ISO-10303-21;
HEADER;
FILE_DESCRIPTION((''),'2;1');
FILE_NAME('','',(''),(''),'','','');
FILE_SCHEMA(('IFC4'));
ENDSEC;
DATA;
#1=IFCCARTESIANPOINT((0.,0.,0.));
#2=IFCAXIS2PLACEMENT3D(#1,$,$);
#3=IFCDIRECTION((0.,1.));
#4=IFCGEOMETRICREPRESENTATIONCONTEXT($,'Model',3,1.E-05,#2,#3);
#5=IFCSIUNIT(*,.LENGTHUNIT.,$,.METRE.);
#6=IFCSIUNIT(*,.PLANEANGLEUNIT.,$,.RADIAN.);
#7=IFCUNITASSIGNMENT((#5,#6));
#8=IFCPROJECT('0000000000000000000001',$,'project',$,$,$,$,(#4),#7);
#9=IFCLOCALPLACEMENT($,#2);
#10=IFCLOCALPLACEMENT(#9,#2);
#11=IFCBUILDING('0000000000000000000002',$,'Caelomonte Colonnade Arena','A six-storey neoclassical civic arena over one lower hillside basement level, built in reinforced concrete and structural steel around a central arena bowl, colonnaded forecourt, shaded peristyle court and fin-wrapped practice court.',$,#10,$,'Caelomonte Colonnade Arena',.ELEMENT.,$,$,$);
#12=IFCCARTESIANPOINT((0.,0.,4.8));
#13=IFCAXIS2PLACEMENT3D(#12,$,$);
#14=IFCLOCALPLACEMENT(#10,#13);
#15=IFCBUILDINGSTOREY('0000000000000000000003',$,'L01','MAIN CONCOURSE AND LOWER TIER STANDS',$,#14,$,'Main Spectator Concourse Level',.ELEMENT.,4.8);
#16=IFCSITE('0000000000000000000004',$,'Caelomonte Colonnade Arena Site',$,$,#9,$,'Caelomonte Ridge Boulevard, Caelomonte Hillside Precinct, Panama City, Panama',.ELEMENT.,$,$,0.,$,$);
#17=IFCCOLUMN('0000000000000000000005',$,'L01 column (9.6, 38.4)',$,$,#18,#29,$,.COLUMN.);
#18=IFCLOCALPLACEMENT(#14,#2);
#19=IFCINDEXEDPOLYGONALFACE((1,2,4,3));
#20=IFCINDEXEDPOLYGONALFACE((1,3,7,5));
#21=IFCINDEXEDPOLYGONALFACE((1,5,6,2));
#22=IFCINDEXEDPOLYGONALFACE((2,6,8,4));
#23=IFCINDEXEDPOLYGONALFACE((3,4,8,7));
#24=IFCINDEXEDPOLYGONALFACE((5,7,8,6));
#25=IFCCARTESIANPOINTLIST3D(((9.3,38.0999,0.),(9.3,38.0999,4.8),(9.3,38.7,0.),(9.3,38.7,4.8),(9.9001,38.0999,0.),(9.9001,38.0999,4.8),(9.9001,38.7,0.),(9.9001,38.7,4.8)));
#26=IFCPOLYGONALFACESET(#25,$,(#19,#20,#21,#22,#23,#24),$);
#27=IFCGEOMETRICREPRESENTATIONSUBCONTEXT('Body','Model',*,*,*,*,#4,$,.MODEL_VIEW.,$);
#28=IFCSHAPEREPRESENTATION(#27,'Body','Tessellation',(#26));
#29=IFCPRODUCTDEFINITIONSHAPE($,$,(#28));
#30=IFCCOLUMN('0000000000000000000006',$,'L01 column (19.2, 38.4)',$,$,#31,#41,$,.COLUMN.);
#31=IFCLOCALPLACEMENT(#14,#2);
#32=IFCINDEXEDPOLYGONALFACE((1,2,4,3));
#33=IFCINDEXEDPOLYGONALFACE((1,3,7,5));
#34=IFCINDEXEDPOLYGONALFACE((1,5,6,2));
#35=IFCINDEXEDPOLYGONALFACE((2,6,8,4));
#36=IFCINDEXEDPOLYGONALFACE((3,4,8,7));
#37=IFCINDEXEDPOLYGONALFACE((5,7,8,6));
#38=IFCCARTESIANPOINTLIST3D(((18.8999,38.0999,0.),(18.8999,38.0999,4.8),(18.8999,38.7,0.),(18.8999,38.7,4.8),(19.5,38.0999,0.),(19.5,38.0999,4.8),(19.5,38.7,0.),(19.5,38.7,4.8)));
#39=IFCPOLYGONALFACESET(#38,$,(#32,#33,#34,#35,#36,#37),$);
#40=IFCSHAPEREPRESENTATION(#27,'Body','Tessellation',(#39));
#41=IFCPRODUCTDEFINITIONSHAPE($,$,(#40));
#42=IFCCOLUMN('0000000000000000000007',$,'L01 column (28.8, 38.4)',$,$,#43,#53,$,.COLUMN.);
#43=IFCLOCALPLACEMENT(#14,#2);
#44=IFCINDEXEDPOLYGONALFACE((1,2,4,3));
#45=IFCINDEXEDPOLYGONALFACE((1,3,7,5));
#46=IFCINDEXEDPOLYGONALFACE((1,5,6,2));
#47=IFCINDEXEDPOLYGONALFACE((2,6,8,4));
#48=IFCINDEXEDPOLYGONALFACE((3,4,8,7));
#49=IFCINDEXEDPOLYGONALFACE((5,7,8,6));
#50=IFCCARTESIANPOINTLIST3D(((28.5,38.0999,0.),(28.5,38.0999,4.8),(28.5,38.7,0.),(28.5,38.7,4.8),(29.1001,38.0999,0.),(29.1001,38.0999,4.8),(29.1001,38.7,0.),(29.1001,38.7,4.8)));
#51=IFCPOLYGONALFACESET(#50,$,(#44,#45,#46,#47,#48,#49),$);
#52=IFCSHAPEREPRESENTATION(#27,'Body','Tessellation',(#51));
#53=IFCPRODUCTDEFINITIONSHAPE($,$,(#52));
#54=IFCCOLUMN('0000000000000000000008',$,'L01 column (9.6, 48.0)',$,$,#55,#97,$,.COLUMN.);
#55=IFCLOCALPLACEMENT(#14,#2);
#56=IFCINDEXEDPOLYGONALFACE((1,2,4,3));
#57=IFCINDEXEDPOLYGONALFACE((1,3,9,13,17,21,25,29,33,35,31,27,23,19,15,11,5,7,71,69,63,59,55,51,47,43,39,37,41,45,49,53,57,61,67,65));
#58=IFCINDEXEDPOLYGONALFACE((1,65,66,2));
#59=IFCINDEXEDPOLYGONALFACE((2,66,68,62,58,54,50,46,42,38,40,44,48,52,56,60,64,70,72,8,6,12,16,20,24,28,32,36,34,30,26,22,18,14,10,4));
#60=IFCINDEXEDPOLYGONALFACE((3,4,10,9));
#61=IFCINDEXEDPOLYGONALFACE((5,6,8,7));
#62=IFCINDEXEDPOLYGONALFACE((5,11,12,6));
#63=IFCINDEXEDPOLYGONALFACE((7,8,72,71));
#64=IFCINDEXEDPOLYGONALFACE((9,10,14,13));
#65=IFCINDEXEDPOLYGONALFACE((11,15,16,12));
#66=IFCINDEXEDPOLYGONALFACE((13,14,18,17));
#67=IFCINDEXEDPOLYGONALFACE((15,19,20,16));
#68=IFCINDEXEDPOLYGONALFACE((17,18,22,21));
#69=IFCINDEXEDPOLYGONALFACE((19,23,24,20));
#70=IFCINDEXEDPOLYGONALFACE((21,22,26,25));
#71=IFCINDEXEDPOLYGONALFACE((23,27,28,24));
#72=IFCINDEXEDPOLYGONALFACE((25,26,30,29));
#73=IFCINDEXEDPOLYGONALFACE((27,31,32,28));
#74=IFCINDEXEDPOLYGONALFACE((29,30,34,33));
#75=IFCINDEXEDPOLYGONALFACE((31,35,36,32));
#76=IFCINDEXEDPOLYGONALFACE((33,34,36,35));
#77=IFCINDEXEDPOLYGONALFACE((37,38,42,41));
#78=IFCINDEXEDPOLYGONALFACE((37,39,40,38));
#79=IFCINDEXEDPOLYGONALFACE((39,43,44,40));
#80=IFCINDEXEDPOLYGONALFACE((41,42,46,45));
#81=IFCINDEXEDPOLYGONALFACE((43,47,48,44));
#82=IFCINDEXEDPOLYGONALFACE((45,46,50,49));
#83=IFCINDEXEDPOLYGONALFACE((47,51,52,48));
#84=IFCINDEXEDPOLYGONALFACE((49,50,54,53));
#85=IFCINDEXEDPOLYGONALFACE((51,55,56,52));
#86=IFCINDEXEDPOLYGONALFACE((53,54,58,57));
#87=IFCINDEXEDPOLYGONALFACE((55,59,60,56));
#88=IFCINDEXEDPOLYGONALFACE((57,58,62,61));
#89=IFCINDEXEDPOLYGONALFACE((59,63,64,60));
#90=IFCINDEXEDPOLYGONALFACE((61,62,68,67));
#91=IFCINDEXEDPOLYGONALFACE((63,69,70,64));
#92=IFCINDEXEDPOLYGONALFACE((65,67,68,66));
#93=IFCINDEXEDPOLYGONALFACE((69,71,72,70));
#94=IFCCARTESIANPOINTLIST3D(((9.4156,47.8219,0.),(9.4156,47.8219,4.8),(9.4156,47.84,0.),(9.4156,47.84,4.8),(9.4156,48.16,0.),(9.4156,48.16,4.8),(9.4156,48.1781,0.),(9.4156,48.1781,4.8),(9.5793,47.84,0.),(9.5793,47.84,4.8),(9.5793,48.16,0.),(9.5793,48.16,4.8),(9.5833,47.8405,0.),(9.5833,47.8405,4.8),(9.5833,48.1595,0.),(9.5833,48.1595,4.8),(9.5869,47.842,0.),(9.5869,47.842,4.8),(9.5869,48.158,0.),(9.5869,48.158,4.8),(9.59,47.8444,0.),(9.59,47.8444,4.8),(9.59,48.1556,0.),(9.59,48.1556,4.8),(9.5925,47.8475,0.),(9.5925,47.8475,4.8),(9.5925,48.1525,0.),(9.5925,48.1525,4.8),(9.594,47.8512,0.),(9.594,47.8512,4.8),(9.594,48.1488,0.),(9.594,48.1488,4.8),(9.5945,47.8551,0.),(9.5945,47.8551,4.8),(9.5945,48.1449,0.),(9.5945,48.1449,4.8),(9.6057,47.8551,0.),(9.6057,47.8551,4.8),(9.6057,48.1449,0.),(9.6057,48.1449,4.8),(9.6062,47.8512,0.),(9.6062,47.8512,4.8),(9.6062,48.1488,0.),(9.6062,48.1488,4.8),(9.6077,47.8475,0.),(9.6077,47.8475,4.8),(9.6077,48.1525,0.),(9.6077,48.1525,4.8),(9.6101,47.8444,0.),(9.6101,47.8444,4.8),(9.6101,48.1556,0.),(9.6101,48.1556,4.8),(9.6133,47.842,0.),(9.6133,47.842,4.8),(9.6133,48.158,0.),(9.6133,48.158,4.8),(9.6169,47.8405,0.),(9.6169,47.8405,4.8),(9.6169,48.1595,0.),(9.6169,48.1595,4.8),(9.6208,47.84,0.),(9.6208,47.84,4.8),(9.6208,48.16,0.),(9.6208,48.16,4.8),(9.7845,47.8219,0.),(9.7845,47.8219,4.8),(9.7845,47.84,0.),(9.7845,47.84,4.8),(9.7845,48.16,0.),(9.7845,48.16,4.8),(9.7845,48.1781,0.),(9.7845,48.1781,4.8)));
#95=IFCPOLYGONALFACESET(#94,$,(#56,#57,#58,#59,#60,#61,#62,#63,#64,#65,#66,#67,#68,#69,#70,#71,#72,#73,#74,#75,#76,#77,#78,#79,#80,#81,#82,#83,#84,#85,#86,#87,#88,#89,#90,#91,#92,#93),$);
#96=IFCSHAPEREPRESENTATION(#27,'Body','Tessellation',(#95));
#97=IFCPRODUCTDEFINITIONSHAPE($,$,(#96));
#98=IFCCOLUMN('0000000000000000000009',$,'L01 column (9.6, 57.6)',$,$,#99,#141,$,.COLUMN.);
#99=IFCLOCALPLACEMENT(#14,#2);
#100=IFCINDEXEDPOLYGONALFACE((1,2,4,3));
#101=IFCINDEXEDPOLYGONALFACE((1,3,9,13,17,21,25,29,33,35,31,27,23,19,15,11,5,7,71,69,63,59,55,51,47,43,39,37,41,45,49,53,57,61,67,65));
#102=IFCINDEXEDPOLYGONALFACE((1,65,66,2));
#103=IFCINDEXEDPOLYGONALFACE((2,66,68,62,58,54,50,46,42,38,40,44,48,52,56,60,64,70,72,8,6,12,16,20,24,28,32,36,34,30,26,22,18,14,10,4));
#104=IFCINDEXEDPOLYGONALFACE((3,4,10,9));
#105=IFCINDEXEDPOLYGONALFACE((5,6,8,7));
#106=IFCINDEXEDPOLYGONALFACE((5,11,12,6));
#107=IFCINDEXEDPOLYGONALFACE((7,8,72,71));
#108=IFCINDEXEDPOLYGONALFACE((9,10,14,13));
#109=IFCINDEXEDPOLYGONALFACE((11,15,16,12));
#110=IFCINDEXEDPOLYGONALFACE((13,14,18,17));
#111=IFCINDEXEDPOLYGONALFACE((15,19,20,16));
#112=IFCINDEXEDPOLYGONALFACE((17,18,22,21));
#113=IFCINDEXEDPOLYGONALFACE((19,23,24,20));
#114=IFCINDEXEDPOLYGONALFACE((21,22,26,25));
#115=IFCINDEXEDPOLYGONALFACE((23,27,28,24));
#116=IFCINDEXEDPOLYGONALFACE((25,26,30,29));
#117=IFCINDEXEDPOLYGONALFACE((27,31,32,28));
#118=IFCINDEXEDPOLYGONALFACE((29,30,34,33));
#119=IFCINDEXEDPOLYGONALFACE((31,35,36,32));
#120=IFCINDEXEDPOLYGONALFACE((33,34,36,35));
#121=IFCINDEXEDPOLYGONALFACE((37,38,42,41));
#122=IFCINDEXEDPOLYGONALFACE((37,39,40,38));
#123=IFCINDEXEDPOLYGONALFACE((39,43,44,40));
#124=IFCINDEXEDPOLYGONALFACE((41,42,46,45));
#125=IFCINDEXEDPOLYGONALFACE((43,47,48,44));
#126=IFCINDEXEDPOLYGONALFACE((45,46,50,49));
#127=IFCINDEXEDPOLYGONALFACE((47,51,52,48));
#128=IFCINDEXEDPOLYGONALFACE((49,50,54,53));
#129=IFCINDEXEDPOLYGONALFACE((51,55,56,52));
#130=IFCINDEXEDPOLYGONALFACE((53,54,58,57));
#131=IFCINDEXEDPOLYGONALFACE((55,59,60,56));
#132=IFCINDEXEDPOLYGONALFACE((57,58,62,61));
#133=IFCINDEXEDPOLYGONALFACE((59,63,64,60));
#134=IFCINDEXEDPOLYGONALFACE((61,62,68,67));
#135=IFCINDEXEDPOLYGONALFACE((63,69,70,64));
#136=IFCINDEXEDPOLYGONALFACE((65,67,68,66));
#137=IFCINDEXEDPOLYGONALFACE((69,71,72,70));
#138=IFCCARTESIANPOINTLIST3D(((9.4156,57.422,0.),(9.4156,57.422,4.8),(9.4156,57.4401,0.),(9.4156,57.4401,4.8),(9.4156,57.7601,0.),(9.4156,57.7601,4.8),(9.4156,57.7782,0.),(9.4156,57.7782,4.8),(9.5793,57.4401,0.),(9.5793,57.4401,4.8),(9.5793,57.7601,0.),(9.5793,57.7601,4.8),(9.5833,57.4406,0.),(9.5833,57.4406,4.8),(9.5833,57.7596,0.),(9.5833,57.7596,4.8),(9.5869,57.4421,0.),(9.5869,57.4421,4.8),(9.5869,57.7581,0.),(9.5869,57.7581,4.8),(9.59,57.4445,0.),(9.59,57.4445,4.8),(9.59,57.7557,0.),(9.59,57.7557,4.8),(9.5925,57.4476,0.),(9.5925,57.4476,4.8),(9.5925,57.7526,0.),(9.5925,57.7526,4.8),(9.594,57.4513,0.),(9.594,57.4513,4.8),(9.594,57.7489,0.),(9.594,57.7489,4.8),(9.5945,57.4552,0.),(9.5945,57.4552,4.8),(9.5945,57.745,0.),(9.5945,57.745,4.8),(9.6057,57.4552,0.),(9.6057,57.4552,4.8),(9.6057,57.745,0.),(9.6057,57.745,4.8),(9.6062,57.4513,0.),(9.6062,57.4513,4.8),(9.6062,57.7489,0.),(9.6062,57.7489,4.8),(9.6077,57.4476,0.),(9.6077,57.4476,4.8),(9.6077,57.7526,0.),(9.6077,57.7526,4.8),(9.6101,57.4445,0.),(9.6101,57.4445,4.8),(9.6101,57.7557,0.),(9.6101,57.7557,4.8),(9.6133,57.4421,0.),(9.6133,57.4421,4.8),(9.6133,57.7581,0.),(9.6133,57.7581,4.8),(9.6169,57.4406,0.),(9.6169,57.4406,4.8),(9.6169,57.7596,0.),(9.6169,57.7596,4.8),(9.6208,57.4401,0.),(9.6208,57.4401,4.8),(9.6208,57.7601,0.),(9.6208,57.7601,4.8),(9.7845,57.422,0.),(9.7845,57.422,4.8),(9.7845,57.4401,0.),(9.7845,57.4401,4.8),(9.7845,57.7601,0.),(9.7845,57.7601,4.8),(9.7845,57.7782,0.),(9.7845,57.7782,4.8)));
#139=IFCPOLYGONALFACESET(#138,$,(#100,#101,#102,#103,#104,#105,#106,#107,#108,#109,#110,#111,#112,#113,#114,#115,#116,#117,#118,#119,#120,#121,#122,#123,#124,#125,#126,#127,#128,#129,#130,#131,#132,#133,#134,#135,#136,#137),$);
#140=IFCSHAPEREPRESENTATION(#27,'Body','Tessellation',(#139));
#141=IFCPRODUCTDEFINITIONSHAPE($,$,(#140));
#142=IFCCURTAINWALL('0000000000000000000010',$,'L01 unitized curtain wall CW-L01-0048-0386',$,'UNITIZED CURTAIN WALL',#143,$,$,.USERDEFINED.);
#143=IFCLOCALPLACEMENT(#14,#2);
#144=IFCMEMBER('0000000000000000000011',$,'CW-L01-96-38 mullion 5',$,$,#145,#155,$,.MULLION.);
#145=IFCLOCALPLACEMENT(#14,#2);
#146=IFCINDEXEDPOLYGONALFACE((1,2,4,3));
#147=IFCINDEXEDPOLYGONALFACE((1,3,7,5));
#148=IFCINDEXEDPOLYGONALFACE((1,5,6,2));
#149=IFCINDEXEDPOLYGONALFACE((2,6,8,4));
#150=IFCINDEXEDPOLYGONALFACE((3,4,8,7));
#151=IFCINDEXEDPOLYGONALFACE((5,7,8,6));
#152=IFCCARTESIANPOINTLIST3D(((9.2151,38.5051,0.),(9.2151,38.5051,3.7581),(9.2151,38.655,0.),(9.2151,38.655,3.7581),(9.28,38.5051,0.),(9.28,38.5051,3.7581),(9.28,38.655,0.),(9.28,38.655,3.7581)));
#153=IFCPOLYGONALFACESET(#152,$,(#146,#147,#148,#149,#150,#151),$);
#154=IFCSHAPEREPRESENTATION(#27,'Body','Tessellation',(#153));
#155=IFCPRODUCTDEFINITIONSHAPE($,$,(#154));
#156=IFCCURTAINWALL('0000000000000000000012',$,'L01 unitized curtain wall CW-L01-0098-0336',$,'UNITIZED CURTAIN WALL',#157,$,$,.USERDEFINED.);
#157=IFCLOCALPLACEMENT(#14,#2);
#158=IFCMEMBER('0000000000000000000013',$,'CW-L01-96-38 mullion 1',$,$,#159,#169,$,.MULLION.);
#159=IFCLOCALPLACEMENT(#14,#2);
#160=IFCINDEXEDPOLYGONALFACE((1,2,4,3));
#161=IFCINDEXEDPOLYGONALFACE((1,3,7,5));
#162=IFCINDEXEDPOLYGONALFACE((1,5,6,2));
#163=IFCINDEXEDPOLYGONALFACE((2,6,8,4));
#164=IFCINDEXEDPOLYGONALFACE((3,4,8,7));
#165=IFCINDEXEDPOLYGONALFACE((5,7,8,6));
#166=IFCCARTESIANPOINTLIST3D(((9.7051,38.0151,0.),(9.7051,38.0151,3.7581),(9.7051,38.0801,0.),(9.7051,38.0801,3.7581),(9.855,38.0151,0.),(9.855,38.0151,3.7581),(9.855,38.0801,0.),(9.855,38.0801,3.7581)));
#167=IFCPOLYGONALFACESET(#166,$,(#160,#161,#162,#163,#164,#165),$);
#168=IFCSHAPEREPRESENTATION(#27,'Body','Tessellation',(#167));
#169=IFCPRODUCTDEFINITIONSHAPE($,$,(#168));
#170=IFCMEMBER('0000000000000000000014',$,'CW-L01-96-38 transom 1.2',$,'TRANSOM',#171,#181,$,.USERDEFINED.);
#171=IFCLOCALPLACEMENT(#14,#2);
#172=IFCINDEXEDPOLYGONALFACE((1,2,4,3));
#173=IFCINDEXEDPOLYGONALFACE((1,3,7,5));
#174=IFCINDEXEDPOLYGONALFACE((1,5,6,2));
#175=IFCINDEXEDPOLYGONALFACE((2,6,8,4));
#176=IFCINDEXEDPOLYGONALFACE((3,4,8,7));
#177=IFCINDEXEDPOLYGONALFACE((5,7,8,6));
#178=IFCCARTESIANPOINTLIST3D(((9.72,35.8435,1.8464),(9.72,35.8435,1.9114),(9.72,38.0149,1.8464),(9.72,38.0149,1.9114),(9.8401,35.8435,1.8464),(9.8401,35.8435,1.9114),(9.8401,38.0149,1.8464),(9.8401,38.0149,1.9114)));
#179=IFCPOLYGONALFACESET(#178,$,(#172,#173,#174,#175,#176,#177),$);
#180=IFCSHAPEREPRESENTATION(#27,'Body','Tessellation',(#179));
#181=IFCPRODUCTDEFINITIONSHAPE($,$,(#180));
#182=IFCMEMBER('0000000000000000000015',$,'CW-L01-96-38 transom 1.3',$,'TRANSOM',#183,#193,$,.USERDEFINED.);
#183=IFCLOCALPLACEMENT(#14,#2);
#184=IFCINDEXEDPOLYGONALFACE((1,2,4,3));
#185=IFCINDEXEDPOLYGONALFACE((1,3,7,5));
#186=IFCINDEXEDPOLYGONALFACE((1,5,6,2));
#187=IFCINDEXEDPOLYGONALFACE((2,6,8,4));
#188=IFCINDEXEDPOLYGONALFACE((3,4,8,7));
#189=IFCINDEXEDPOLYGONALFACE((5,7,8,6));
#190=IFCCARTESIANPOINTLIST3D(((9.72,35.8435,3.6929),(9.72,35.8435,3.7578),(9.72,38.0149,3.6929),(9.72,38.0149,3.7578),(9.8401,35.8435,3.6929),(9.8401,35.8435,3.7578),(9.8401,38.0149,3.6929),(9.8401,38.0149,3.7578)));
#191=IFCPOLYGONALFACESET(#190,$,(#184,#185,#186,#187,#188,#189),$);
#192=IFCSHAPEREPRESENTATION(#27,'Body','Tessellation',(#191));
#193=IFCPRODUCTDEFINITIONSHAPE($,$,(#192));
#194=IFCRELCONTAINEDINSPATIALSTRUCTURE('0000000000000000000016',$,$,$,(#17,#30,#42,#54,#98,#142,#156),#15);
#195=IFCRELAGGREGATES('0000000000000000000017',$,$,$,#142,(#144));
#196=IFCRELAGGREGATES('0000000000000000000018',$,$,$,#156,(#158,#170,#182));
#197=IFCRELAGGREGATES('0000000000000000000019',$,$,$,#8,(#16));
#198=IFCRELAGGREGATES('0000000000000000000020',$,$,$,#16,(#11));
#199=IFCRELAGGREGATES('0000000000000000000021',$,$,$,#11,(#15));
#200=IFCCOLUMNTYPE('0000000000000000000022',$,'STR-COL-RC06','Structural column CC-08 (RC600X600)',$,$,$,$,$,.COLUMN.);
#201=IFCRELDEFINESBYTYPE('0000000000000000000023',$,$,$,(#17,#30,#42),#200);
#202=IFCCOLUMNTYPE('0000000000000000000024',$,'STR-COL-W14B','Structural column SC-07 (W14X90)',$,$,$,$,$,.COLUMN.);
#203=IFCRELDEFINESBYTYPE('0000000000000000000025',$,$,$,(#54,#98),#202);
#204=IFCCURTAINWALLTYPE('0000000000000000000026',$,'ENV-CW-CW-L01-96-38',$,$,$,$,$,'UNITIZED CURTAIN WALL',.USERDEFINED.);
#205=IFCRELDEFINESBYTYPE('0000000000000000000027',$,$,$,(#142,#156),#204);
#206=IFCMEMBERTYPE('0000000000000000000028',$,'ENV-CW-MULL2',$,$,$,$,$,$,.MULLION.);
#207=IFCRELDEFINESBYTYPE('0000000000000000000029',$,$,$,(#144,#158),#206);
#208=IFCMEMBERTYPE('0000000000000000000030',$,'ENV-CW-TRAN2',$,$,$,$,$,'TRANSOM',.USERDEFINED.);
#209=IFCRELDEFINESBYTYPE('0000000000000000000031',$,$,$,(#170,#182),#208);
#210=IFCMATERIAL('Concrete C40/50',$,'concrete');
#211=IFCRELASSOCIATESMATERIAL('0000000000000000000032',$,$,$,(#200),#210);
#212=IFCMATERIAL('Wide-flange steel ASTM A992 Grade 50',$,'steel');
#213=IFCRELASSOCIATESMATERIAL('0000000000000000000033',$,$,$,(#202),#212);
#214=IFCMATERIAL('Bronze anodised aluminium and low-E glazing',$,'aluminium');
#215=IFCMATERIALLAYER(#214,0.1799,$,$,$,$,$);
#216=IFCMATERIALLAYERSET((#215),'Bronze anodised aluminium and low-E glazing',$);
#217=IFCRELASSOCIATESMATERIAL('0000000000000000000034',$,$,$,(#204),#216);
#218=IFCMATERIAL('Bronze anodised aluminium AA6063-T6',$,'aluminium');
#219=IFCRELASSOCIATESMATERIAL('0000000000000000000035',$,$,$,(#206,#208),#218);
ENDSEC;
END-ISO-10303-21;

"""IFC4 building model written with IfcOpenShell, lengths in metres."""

from ifc_helpers import new_model, si_unit, direction, frame, origin, origin_2d, place, context, subcontext, project, spatial, rectangle, i_section, extrude, material, layer, layer_set, material_profile, profile_set, type_object, element, aggregate, save


model = new_model("IFC4")

# Units and contexts
model_context = context("Model", 3, precision=1e-05, world=origin(), true_north=direction((0.0, 1.0)))
body_context = subcontext(model_context, "Body", "Model", "MODEL_VIEW")
ifc_project = project(units=[si_unit("LENGTHUNIT", "METRE"), si_unit("PLANEANGLEUNIT", "RADIAN")], contexts=[model_context])

# Site, building, storey
site_placement = place(None, origin())
site = spatial("IfcSite", under=ifc_project, at=site_placement, Name="Caelomonte Colonnade Arena Site", LongName="Caelomonte Ridge Boulevard, Caelomonte Hillside Precinct, Panama City, Panama", CompositionType="ELEMENT", RefElevation=0.0)
building_placement = place(site_placement, origin())
building = spatial("IfcBuilding", under=site, at=building_placement, Name="Caelomonte Colonnade Arena", Description="A six-storey neoclassical civic arena over one lower hillside basement level, built in reinforced concrete and structural steel around a central arena bowl, colonnaded forecourt, shaded peristyle court and fin-wrapped practice court.", LongName="Caelomonte Colonnade Arena", CompositionType="ELEMENT")
storey_placement = place(building_placement, frame((0.0, 0.0, 4.8)))
storey = spatial("IfcBuildingStorey", under=building, at=storey_placement, Name="L01", Description="MAIN CONCOURSE AND LOWER TIER STANDS", LongName="Main Spectator Concourse Level", CompositionType="ELEMENT", Elevation=4.8)

# Columns
ifc_material_1 = material(Name="Concrete C40/50", Category="concrete")
ifc_material_profile_1 = material_profile(ifc_material_1, rectangle(XDim=0.6001, YDim=0.6001, at=origin_2d()), Name="RC600X600")
ifc_profile_set_1 = profile_set([ifc_material_profile_1], Name="Concrete C40/50")
column_type_1 = type_object("IfcColumnType", Name="STR-COL-RC06", Description="Structural column CC-08 (RC600X600)", PredefinedType="COLUMN", material=ifc_profile_set_1)
for number, where, z_axis, x_axis, name in (
    (1, (9.6001, 38.3999, 0.0), (0.0, 0.0, 1.0), (1.0, 0.0, 0.0), "L01 column (9.6, 38.4)"),
    (2, (19.2, 38.3999, 0.0), (0.0, 0.0, 1.0), (1.0, 0.0, 0.0), "L01 column (19.2, 38.4)"),
    (3, (28.8, 38.3999, 0.0), (0.0, 0.0, 1.0), (1.0, 0.0, 0.0), "L01 column (28.8, 38.4)"),
):
    element("IfcColumn", number, at=place(storey_placement, frame(where, z_axis=z_axis, x_axis=x_axis)), inside=storey, type_object=column_type_1, Name=name, PredefinedType="COLUMN", context=body_context, shape_type="SweptSolid", body=[
        extrude(rectangle(XDim=0.6001, YDim=0.6001, at=origin_2d()), origin(), (0.0, 0.0, 1.0), 4.8),
    ])
ifc_material_2 = material(Name="Wide-flange steel ASTM A992 Grade 50", Category="steel")
ifc_material_profile_2 = material_profile(ifc_material_2, i_section(OverallWidth=0.3689, OverallDepth=0.3562, WebThickness=0.0112, FlangeThickness=0.0181, FilletRadius=0.0151, at=origin_2d()), Name="W14X90")
ifc_profile_set_2 = profile_set([ifc_material_profile_2], Name="Wide-flange steel ASTM A992 Grade 50")
column_type_2 = type_object("IfcColumnType", Name="STR-COL-W14B", Description="Structural column SC-07 (W14X90)", PredefinedType="COLUMN", material=ifc_profile_set_2)
for number, where, z_axis, x_axis, name in (
    (4, (9.6001, 48.0, 0.0), (0.0, 0.0, 1.0), (1.0, 0.0, 0.0), "L01 column (9.6, 48.0)"),
    (5, (9.6001, 57.6001, 0.0), (0.0, 0.0, 1.0), (1.0, 0.0, 0.0), "L01 column (9.6, 57.6)"),
):
    element("IfcColumn", number, at=place(storey_placement, frame(where, z_axis=z_axis, x_axis=x_axis)), inside=storey, type_object=column_type_2, Name=name, PredefinedType="COLUMN", context=body_context, shape_type="SweptSolid", body=[
        extrude(i_section(OverallWidth=0.3689, OverallDepth=0.3562, WebThickness=0.0112, FlangeThickness=0.0181, FilletRadius=0.0151, at=origin_2d()), origin(), (0.0, 0.0, 1.0), 4.8),
    ])

# Curtain wall, member
ifc_material_3 = material(Name="Bronze anodised aluminium and low-E glazing", Category="aluminium")
ifc_layer_1 = layer(ifc_material_3, 0.1799)
ifc_layer_set_1 = layer_set([ifc_layer_1], Name="Bronze anodised aluminium and low-E glazing")
curtain_wall_type = type_object("IfcCurtainWallType", Name="ENV-CW-CW-L01-96-38", ElementType="UNITIZED CURTAIN WALL", PredefinedType="USERDEFINED", material=ifc_layer_set_1)
curtain_wall_1_placement = place(storey_placement, origin())
curtain_wall_1 = element("IfcCurtainWall", 6, at=curtain_wall_1_placement, inside=storey, type_object=curtain_wall_type, Name="L01 unitized curtain wall CW-L01-0048-0386", ObjectType="UNITIZED CURTAIN WALL", PredefinedType="USERDEFINED")
ifc_material_4 = material(Name="Bronze anodised aluminium AA6063-T6", Category="aluminium")
ifc_material_profile_3 = material_profile(ifc_material_4, rectangle(XDim=0.0649, YDim=0.1499, at=origin_2d()), Name="CWM-65X150")
ifc_profile_set_3 = profile_set([ifc_material_profile_3], Name="Bronze anodised aluminium AA6063-T6")
member_type_1 = type_object("IfcMemberType", Name="ENV-CW-MULL2", PredefinedType="MULLION", material=ifc_profile_set_3)
member_1_placement = place(storey_placement, frame((9.2476, 38.5801, 0.0), z_axis=(0.0, 0.0, 1.0), x_axis=(1.0, 0.0, 0.0)))
member_1 = element("IfcMember", 7, at=member_1_placement, type_object=member_type_1, Name="CW-L01-96-38 mullion 5", PredefinedType="MULLION", context=body_context, shape_type="SweptSolid", body=[
    extrude(rectangle(XDim=0.0649, YDim=0.1499, at=origin_2d()), origin(), (0.0, 0.0, 1.0), 3.7581),
])
aggregate(curtain_wall_1, [member_1])

# Curtain wall, members
curtain_wall_2_placement = place(storey_placement, origin())
curtain_wall_2 = element("IfcCurtainWall", 8, at=curtain_wall_2_placement, inside=storey, type_object=curtain_wall_type, Name="L01 unitized curtain wall CW-L01-0098-0336", ObjectType="UNITIZED CURTAIN WALL", PredefinedType="USERDEFINED")
member_2_placement = place(storey_placement, frame((9.78, 38.0476, 0.0), z_axis=(0.0, 0.0, 1.0), x_axis=(0.0, -1.0, 0.0)))
member_2 = element("IfcMember", 9, at=member_2_placement, type_object=member_type_1, Name="CW-L01-96-38 mullion 1", PredefinedType="MULLION", context=body_context, shape_type="SweptSolid", body=[
    extrude(rectangle(XDim=0.0649, YDim=0.1499, at=origin_2d()), origin(), (0.0, 0.0, 1.0), 3.7581),
])
ifc_material_profile_4 = material_profile(ifc_material_4, rectangle(XDim=0.0649, YDim=0.1201, at=origin_2d()), Name="CWT-65X120")
ifc_profile_set_4 = profile_set([ifc_material_profile_4], Name="Bronze anodised aluminium AA6063-T6")
member_type_2 = type_object("IfcMemberType", Name="ENV-CW-TRAN2", ElementType="TRANSOM", PredefinedType="USERDEFINED", material=ifc_profile_set_4)
member_3_placement = place(storey_placement, frame((9.78, 38.0149, 1.8789), z_axis=(0.0, -1.0, 0.0), x_axis=(0.0, 0.0, 1.0)))
member_3 = element("IfcMember", 10, at=member_3_placement, type_object=member_type_2, Name="CW-L01-96-38 transom 1.2", ObjectType="TRANSOM", PredefinedType="USERDEFINED", context=body_context, shape_type="SweptSolid", body=[
    extrude(rectangle(XDim=0.0649, YDim=0.1201, at=origin_2d()), origin(), (0.0, 0.0, 1.0), 2.1714),
])
member_4_placement = place(storey_placement, frame((9.78, 38.0149, 3.7253), z_axis=(0.0, -1.0, 0.0), x_axis=(0.0, 0.0, 1.0)))
member_4 = element("IfcMember", 11, at=member_4_placement, type_object=member_type_2, Name="CW-L01-96-38 transom 1.3", ObjectType="TRANSOM", PredefinedType="USERDEFINED", context=body_context, shape_type="SweptSolid", body=[
    extrude(rectangle(XDim=0.0649, YDim=0.1201, at=origin_2d()), origin(), (0.0, 0.0, 1.0), 2.1714),
])
aggregate(curtain_wall_2, [member_2, member_3, member_4])

save(model, "model.ifc")
